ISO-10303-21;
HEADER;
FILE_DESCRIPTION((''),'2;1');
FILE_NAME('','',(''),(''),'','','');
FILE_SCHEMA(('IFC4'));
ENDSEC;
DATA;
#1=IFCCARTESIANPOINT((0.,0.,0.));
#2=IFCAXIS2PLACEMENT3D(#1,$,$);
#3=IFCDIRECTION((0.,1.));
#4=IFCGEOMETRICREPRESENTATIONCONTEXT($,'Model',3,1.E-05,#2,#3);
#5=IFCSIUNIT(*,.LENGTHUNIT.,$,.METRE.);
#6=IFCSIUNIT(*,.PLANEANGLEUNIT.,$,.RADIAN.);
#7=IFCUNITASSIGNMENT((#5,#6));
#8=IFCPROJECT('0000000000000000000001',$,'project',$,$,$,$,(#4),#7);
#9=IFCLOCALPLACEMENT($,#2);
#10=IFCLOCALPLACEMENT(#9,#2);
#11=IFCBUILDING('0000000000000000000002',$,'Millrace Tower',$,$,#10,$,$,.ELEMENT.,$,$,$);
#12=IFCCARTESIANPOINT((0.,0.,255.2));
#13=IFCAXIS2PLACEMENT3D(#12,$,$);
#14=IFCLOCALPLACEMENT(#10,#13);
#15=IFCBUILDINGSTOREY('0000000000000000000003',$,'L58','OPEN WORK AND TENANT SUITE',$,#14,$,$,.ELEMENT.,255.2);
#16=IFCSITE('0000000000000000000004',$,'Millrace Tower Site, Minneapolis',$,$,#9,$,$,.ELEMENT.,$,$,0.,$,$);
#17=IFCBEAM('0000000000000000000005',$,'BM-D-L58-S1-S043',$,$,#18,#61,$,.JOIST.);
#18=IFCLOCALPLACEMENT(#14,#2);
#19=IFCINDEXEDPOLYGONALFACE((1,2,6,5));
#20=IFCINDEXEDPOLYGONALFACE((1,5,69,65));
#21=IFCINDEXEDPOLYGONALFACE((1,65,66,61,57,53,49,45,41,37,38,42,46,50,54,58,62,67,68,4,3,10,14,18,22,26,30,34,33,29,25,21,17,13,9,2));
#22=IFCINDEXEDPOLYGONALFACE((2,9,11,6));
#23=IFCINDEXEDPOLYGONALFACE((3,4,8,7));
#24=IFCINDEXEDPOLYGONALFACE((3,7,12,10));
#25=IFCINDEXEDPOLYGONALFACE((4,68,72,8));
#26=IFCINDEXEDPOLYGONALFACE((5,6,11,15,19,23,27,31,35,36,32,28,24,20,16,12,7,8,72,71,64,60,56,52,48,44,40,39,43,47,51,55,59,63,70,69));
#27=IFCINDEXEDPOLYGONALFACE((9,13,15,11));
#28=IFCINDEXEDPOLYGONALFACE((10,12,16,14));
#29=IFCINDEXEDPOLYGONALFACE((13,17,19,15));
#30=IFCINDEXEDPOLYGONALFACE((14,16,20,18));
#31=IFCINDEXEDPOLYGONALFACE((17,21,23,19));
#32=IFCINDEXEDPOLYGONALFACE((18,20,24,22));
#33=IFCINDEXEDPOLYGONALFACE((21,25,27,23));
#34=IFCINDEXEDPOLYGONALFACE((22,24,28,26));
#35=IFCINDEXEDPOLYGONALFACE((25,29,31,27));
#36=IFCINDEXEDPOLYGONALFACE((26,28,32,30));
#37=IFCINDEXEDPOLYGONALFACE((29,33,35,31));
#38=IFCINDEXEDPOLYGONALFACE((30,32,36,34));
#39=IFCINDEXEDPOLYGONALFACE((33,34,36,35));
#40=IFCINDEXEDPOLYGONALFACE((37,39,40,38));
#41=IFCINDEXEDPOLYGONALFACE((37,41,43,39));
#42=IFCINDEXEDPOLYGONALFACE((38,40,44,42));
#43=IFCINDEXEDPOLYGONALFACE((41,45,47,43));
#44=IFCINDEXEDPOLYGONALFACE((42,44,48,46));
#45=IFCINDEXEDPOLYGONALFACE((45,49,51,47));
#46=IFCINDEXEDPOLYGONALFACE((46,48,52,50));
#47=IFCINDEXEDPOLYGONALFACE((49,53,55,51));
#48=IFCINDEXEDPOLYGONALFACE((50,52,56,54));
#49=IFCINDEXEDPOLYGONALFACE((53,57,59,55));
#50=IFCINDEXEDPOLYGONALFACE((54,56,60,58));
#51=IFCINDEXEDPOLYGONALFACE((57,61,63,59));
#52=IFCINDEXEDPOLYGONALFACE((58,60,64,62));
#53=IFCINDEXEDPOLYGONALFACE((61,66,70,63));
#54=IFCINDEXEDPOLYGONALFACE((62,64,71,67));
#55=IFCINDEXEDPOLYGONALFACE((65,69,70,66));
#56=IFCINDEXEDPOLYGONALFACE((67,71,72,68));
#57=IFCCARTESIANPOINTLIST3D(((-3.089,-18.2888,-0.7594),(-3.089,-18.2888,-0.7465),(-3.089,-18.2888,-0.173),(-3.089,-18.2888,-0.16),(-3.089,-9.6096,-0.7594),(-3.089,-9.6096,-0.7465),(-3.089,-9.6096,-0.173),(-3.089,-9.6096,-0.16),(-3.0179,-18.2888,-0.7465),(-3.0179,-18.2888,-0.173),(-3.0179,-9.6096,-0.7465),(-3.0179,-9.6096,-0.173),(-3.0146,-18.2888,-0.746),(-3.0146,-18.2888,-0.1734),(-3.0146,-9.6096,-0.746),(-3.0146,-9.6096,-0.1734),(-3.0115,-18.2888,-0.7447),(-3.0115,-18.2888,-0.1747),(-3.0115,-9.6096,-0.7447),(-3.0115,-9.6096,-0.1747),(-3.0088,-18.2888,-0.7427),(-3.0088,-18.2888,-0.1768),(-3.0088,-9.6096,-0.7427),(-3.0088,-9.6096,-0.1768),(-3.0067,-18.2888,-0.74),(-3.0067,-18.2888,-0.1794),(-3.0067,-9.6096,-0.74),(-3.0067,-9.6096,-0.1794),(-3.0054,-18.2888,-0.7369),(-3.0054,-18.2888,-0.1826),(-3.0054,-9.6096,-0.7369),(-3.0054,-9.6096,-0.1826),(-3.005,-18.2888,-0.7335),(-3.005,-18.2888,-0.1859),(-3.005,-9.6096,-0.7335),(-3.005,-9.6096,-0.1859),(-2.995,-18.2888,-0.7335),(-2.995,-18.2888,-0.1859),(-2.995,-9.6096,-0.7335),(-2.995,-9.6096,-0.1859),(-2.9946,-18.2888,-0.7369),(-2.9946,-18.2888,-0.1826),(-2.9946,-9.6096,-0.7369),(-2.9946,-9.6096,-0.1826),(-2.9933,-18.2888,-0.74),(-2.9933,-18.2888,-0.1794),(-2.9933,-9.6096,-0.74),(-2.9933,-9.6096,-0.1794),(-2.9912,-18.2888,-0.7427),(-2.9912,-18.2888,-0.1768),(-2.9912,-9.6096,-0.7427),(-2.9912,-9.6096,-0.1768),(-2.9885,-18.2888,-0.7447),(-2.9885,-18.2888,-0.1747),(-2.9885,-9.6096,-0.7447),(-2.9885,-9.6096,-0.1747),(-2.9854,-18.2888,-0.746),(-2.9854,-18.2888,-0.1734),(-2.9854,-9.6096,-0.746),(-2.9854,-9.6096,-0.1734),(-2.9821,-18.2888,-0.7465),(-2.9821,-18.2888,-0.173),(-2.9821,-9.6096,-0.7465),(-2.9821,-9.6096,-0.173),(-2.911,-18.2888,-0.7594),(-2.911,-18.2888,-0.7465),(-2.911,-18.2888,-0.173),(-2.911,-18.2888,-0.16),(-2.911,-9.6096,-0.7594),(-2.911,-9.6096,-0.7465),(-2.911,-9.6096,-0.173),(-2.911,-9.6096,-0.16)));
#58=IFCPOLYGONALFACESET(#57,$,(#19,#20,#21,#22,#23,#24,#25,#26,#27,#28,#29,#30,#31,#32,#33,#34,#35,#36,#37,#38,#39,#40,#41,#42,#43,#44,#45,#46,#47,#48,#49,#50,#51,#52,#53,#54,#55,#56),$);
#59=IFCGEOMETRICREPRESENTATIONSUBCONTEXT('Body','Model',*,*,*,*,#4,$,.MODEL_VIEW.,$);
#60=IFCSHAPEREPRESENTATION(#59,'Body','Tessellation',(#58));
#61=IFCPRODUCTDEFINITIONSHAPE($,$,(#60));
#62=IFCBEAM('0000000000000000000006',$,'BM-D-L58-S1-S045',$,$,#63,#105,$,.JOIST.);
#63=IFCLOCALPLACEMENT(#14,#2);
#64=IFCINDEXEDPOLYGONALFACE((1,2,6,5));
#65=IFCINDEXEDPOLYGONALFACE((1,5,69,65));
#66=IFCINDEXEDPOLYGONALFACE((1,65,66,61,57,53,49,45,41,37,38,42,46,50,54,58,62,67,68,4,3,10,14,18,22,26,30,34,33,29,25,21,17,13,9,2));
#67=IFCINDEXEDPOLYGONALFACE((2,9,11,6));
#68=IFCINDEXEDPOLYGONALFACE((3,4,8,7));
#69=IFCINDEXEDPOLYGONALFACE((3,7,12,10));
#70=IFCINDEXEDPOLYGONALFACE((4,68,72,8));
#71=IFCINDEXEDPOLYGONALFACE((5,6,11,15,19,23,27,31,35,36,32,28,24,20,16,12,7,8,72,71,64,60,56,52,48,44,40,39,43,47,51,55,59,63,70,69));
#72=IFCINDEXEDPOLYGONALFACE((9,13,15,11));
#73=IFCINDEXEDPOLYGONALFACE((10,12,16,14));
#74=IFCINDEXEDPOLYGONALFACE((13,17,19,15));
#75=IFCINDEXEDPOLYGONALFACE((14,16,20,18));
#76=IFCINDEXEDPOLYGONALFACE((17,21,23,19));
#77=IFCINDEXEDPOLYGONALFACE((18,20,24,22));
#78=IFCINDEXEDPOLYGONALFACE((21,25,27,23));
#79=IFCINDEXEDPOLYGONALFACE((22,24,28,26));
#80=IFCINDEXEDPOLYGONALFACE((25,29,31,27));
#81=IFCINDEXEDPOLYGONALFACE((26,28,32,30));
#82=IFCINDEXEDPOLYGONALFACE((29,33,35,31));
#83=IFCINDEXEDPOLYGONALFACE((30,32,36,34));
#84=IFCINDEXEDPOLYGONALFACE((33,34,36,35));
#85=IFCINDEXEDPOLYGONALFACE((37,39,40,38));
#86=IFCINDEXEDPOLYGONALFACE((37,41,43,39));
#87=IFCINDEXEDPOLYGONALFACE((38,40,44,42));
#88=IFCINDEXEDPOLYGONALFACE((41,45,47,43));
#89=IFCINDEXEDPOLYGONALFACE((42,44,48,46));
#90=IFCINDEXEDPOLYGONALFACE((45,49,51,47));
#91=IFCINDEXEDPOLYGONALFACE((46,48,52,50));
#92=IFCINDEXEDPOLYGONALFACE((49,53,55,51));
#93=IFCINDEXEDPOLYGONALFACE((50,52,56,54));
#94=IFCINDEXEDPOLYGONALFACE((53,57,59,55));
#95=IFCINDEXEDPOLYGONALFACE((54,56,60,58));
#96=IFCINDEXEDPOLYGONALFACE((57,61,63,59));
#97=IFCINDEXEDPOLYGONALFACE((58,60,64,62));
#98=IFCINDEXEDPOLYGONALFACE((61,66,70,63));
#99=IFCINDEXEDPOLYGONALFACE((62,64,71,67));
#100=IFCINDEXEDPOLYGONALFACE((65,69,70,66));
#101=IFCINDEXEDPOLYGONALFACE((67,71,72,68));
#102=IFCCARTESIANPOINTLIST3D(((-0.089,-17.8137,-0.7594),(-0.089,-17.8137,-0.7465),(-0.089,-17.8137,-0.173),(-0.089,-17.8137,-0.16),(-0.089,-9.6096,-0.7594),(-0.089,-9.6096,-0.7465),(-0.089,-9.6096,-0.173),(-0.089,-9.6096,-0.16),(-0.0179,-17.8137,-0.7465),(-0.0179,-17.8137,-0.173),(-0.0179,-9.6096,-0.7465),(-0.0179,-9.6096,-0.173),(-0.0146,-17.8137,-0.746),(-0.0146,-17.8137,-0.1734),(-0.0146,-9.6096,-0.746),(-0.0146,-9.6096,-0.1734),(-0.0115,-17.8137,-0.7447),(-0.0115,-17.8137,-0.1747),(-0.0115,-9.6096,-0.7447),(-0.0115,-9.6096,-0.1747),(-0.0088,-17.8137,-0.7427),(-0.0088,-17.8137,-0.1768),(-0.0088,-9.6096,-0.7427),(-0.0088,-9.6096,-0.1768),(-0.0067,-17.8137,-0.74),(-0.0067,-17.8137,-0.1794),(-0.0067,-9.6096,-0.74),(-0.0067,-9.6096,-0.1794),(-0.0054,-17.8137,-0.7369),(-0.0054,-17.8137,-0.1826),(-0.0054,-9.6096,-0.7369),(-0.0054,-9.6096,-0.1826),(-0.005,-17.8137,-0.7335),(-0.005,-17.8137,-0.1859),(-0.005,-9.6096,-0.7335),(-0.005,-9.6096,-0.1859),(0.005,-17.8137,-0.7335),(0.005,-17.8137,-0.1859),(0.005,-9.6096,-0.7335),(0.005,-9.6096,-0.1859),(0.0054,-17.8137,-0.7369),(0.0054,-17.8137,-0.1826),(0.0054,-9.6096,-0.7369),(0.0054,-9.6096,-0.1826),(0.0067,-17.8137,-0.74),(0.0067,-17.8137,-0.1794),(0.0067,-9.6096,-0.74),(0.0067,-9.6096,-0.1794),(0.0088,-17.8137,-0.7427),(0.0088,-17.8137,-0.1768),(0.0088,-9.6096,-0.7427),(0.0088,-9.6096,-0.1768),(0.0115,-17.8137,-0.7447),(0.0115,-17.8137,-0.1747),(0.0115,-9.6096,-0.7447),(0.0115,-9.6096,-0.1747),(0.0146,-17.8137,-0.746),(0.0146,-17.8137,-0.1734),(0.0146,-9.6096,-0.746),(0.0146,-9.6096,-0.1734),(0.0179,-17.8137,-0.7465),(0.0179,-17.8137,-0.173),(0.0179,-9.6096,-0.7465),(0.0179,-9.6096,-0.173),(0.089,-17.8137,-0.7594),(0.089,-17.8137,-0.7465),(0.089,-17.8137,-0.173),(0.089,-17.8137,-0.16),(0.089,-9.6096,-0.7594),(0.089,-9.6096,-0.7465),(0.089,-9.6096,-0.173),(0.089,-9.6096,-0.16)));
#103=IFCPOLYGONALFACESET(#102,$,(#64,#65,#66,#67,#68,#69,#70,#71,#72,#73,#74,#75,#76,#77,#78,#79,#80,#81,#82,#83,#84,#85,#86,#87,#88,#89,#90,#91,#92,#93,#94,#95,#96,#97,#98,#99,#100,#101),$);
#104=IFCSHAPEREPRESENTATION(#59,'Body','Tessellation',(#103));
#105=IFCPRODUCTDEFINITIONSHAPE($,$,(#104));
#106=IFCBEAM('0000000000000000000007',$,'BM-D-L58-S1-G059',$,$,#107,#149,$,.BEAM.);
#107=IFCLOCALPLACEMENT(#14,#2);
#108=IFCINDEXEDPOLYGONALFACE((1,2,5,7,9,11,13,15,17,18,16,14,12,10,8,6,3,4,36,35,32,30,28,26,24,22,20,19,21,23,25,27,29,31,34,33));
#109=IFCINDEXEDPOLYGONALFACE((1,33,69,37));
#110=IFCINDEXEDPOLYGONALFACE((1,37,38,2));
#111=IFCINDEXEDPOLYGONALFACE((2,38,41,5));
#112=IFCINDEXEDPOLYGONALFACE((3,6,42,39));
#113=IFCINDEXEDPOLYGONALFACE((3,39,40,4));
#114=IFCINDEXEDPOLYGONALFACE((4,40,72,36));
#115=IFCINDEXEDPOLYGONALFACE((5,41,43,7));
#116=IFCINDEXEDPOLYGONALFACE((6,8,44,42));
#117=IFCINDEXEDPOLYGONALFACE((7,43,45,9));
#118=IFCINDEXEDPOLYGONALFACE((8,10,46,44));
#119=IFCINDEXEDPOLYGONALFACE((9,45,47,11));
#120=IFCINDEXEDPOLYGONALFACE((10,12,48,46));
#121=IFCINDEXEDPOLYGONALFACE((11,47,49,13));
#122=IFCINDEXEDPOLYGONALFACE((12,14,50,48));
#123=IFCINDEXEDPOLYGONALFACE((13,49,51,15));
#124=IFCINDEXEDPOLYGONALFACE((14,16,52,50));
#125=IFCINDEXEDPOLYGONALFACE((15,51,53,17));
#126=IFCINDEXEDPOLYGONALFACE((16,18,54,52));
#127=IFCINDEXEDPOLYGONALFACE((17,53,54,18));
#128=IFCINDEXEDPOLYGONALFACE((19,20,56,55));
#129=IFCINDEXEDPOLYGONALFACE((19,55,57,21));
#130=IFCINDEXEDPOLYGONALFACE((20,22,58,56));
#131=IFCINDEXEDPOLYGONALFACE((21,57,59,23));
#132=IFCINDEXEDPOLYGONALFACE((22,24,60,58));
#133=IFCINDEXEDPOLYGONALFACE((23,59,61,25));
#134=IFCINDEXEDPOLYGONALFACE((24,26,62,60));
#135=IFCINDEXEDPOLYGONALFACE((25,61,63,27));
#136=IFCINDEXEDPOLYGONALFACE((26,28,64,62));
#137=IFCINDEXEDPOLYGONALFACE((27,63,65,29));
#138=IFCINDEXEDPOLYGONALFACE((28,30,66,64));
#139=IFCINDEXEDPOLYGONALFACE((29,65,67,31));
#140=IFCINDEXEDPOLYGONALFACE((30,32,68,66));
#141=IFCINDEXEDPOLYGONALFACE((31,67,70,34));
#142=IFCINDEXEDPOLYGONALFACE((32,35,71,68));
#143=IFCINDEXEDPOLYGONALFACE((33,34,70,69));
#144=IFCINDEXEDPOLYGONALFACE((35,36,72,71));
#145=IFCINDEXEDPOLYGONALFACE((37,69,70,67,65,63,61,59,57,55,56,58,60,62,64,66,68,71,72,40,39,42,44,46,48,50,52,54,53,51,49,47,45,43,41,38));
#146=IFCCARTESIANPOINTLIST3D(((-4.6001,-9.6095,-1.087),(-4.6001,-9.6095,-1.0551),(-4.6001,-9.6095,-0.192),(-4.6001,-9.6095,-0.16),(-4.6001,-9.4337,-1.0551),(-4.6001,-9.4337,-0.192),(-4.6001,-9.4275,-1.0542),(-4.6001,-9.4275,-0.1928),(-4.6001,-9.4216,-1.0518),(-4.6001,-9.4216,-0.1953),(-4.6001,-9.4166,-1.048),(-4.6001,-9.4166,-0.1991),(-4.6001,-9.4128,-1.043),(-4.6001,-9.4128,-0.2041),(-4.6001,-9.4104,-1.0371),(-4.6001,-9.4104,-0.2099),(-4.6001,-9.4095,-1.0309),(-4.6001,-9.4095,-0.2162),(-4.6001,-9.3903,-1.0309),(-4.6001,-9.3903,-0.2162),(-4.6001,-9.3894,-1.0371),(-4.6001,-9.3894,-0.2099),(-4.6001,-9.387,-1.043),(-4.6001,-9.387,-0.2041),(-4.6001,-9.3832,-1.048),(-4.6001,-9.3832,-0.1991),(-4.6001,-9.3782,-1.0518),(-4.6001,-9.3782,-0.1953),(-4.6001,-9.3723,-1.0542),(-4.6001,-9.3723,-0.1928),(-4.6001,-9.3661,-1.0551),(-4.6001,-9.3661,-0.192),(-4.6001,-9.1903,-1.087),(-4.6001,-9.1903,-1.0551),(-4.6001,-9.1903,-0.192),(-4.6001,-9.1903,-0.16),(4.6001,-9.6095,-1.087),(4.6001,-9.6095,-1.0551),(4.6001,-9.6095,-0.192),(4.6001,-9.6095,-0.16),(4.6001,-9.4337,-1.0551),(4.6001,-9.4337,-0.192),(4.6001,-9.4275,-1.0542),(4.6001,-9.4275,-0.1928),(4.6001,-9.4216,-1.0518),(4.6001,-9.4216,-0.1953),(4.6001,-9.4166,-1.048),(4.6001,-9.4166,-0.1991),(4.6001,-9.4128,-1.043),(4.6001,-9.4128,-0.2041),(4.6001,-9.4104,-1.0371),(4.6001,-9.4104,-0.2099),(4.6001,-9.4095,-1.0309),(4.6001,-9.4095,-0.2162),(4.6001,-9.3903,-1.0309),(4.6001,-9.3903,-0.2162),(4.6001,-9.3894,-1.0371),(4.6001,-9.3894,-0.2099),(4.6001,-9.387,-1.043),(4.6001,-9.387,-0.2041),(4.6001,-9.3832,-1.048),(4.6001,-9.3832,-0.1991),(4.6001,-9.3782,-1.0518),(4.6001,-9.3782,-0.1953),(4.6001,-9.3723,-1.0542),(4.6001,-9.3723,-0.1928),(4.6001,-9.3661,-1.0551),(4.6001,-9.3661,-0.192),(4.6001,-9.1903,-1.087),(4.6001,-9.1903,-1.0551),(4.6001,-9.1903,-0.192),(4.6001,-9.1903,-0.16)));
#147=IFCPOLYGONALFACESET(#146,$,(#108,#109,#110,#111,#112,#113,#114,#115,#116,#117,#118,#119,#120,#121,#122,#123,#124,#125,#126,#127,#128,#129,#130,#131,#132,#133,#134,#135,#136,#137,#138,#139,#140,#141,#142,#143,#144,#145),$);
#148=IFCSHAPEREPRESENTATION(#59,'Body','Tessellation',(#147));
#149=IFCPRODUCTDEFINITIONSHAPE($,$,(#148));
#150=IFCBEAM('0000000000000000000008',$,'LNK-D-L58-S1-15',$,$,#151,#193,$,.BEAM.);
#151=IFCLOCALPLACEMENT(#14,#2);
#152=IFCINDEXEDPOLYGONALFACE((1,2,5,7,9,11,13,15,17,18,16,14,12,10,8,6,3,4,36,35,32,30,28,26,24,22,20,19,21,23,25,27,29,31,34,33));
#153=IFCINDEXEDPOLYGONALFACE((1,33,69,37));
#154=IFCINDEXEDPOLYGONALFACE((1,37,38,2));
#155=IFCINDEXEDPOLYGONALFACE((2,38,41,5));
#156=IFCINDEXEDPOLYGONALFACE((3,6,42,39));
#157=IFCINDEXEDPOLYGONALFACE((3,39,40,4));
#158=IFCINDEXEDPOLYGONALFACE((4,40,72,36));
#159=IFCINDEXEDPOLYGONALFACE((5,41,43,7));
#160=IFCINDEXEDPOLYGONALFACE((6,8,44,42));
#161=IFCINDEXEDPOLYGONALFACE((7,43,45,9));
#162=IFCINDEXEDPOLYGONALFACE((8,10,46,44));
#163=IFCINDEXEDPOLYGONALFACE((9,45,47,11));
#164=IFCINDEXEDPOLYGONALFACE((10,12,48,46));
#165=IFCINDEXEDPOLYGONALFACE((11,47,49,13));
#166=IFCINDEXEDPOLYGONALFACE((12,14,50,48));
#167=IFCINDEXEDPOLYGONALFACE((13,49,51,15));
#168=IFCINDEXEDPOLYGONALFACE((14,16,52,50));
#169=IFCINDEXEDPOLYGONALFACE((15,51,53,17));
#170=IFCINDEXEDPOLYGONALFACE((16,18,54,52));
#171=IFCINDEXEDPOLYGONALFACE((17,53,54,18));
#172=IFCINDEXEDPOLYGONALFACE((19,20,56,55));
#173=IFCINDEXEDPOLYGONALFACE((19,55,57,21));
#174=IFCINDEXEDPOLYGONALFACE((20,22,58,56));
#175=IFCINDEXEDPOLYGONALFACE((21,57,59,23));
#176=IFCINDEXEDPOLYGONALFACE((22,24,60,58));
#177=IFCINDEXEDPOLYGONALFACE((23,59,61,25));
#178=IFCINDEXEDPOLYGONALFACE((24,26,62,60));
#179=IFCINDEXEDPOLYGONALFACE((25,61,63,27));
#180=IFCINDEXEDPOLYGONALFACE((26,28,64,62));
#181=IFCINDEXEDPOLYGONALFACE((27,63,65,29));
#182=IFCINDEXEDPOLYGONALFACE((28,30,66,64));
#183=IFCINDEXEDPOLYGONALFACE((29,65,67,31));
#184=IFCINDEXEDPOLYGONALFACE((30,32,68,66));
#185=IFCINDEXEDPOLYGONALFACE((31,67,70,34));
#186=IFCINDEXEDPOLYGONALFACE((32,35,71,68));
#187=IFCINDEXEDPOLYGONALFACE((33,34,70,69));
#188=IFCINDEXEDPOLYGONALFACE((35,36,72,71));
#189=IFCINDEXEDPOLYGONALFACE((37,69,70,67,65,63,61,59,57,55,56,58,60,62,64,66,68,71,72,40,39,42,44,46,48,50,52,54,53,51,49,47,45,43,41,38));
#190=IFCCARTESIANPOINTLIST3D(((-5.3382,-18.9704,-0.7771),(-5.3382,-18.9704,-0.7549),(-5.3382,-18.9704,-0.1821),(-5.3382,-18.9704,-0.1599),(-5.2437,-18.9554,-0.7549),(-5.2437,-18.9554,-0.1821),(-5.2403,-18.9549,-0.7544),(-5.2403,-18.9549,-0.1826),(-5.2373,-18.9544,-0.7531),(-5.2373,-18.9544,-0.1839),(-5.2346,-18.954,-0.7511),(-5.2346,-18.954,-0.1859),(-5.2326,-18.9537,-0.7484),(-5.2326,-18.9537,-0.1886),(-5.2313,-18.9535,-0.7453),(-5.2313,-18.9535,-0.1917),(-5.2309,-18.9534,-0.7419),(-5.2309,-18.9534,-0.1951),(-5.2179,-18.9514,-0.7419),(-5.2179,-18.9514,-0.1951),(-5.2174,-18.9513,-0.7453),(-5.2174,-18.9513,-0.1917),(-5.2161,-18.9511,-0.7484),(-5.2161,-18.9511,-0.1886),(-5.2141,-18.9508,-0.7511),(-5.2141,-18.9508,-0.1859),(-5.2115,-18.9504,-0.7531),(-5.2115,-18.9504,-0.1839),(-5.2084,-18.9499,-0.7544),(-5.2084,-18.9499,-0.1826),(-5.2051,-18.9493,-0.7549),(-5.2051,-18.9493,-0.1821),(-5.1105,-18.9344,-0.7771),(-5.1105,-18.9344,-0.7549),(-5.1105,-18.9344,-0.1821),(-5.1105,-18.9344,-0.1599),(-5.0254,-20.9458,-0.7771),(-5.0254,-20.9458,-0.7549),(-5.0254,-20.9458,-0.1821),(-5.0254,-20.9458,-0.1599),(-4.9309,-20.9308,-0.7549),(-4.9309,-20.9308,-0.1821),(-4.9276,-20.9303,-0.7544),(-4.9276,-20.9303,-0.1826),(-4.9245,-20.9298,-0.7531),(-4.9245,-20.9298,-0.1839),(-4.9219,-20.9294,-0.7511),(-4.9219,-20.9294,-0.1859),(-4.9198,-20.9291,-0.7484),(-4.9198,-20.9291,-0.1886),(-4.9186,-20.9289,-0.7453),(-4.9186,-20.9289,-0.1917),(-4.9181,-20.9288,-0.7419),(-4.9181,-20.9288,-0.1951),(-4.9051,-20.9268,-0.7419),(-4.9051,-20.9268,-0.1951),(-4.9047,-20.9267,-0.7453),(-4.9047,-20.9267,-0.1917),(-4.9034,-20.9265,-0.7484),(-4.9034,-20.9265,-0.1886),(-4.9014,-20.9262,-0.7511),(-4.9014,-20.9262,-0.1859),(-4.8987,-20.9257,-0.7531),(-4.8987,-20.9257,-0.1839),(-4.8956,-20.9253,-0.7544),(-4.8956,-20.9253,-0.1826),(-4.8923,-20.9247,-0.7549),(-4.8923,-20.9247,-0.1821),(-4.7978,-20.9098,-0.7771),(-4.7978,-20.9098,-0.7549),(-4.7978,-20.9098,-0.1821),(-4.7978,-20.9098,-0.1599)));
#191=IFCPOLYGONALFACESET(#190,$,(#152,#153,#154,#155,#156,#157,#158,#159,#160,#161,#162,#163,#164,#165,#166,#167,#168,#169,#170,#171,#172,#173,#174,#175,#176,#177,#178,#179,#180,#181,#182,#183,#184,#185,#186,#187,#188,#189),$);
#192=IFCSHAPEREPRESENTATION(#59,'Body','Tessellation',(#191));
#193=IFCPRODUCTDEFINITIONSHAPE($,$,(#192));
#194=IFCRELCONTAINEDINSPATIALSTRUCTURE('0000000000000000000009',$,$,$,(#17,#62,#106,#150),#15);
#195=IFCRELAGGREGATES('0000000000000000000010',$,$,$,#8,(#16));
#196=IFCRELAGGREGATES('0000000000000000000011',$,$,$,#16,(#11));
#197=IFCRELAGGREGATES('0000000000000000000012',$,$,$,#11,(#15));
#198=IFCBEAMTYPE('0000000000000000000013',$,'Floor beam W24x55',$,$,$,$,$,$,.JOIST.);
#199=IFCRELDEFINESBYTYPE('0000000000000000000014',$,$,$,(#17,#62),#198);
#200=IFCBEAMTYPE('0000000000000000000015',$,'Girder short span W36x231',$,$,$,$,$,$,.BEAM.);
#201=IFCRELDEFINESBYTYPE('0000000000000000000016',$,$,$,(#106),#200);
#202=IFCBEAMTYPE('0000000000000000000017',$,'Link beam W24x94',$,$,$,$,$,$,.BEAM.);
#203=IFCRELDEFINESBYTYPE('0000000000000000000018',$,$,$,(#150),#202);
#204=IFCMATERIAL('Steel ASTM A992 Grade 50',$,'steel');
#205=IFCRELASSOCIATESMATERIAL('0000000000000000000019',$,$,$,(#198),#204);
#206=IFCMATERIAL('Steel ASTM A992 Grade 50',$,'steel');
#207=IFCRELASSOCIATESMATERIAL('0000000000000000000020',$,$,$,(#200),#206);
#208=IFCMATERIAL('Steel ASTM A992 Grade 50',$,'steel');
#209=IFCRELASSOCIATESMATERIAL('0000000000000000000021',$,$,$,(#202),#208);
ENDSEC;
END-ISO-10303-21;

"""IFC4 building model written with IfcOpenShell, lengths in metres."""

from ifc_helpers import new_model, si_unit, direction, frame, origin, origin_2d, place, context, subcontext, project, spatial, i_section, extrude, material, material_profile, profile_set, type_object, element, save


model = new_model("IFC4")

# Units and contexts
model_context = context("Model", 3, precision=1e-05, world=origin(), true_north=direction((0.0, 1.0)))
body_context = subcontext(model_context, "Body", "Model", "MODEL_VIEW")
ifc_project = project(units=[si_unit("LENGTHUNIT", "METRE"), si_unit("PLANEANGLEUNIT", "RADIAN")], contexts=[model_context])

# Site, building, storey
site_placement = place(None, origin())
site = spatial("IfcSite", under=ifc_project, at=site_placement, Name="Millrace Tower Site, Minneapolis", CompositionType="ELEMENT", RefElevation=0.0)
building_placement = place(site_placement, origin())
building = spatial("IfcBuilding", under=site, at=building_placement, Name="Millrace Tower", CompositionType="ELEMENT")
storey_placement = place(building_placement, frame((0.0, 0.0, 255.2)))
storey = spatial("IfcBuildingStorey", under=building, at=storey_placement, Name="L58", Description="OPEN WORK AND TENANT SUITE", CompositionType="ELEMENT", Elevation=255.2)

# Beams
ifc_material_1 = material(Name="Steel ASTM A992 Grade 50", Category="steel")
ifc_material_profile_1 = material_profile(ifc_material_1, i_section(OverallWidth=0.178, OverallDepth=0.5994, WebThickness=0.01, FlangeThickness=0.0129, FilletRadius=0.0129, at=origin_2d()))
ifc_profile_set_1 = profile_set([ifc_material_profile_1], Name="Steel ASTM A992 Grade 50")
beam_type_1 = type_object("IfcBeamType", Name="Floor beam W24x55", PredefinedType="JOIST", material=ifc_profile_set_1)
beam_1_placement = place(storey_placement, frame((-3.0, -18.2888, -0.4597), z_axis=(0.0, 1.0, 0.0), x_axis=(-1.0, 0.0, 0.0)))
element("IfcBeam", 1, at=beam_1_placement, inside=storey, type_object=beam_type_1, Name="BM-D-L58-S1-S043", PredefinedType="JOIST", context=body_context, shape_type="SweptSolid", body=[
    extrude(i_section(OverallWidth=0.178, OverallDepth=0.5994, WebThickness=0.01, FlangeThickness=0.0129, FilletRadius=0.0129, at=origin_2d()), origin(), (0.0, 0.0, 1.0), 8.6792),
])
beam_2_placement = place(storey_placement, frame((0.0, -17.8137, -0.4597), z_axis=(0.0, 1.0, 0.0), x_axis=(-1.0, 0.0, 0.0)))
element("IfcBeam", 2, at=beam_2_placement, inside=storey, type_object=beam_type_1, Name="BM-D-L58-S1-S045", PredefinedType="JOIST", context=body_context, shape_type="SweptSolid", body=[
    extrude(i_section(OverallWidth=0.178, OverallDepth=0.5994, WebThickness=0.01, FlangeThickness=0.0129, FilletRadius=0.0129, at=origin_2d()), origin(), (0.0, 0.0, 1.0), 8.2041),
])
ifc_material_2 = material(Name="Steel ASTM A992 Grade 50", Category="steel")
ifc_material_profile_2 = material_profile(ifc_material_2, i_section(OverallWidth=0.4192, OverallDepth=0.927, WebThickness=0.0193, FlangeThickness=0.032, FilletRadius=0.0242, at=origin_2d()))
ifc_profile_set_2 = profile_set([ifc_material_profile_2], Name="Steel ASTM A992 Grade 50")
beam_type_2 = type_object("IfcBeamType", Name="Girder short span W36x231", PredefinedType="BEAM", material=ifc_profile_set_2)
beam_3_placement = place(storey_placement, frame((-4.6001, -9.3999, -0.6235), z_axis=(1.0, 0.0, 0.0), x_axis=(0.0, 1.0, 0.0)))
element("IfcBeam", 3, at=beam_3_placement, inside=storey, type_object=beam_type_2, Name="BM-D-L58-S1-G059", PredefinedType="BEAM", context=body_context, shape_type="SweptSolid", body=[
    extrude(i_section(OverallWidth=0.4192, OverallDepth=0.927, WebThickness=0.0193, FlangeThickness=0.032, FilletRadius=0.0242, at=origin_2d()), origin(), (0.0, 0.0, 1.0), 9.2002),
])
ifc_material_3 = material(Name="Steel ASTM A992 Grade 50", Category="steel")
ifc_material_profile_3 = material_profile(ifc_material_3, i_section(OverallWidth=0.2305, OverallDepth=0.6172, WebThickness=0.0132, FlangeThickness=0.0222, FilletRadius=0.0129, at=origin_2d()))
ifc_profile_set_3 = profile_set([ifc_material_profile_3], Name="Steel ASTM A992 Grade 50")
beam_type_3 = type_object("IfcBeamType", Name="Link beam W24x94", PredefinedType="BEAM", material=ifc_profile_set_3)
beam_4_placement = place(storey_placement, frame((-5.2244, -18.9524, -0.4685), z_axis=(0.156376, -0.987698, 0.0), x_axis=(0.987698, 0.156376, 0.0)))
element("IfcBeam", 4, at=beam_4_placement, inside=storey, type_object=beam_type_3, Name="LNK-D-L58-S1-15", PredefinedType="BEAM", context=body_context, shape_type="SweptSolid", body=[
    extrude(i_section(OverallWidth=0.2305, OverallDepth=0.6172, WebThickness=0.0132, FlangeThickness=0.0222, FilletRadius=0.0129, at=origin_2d()), origin(), (0.0, 0.0, 1.0), 2.0),
])

save(model, "model.ifc")
